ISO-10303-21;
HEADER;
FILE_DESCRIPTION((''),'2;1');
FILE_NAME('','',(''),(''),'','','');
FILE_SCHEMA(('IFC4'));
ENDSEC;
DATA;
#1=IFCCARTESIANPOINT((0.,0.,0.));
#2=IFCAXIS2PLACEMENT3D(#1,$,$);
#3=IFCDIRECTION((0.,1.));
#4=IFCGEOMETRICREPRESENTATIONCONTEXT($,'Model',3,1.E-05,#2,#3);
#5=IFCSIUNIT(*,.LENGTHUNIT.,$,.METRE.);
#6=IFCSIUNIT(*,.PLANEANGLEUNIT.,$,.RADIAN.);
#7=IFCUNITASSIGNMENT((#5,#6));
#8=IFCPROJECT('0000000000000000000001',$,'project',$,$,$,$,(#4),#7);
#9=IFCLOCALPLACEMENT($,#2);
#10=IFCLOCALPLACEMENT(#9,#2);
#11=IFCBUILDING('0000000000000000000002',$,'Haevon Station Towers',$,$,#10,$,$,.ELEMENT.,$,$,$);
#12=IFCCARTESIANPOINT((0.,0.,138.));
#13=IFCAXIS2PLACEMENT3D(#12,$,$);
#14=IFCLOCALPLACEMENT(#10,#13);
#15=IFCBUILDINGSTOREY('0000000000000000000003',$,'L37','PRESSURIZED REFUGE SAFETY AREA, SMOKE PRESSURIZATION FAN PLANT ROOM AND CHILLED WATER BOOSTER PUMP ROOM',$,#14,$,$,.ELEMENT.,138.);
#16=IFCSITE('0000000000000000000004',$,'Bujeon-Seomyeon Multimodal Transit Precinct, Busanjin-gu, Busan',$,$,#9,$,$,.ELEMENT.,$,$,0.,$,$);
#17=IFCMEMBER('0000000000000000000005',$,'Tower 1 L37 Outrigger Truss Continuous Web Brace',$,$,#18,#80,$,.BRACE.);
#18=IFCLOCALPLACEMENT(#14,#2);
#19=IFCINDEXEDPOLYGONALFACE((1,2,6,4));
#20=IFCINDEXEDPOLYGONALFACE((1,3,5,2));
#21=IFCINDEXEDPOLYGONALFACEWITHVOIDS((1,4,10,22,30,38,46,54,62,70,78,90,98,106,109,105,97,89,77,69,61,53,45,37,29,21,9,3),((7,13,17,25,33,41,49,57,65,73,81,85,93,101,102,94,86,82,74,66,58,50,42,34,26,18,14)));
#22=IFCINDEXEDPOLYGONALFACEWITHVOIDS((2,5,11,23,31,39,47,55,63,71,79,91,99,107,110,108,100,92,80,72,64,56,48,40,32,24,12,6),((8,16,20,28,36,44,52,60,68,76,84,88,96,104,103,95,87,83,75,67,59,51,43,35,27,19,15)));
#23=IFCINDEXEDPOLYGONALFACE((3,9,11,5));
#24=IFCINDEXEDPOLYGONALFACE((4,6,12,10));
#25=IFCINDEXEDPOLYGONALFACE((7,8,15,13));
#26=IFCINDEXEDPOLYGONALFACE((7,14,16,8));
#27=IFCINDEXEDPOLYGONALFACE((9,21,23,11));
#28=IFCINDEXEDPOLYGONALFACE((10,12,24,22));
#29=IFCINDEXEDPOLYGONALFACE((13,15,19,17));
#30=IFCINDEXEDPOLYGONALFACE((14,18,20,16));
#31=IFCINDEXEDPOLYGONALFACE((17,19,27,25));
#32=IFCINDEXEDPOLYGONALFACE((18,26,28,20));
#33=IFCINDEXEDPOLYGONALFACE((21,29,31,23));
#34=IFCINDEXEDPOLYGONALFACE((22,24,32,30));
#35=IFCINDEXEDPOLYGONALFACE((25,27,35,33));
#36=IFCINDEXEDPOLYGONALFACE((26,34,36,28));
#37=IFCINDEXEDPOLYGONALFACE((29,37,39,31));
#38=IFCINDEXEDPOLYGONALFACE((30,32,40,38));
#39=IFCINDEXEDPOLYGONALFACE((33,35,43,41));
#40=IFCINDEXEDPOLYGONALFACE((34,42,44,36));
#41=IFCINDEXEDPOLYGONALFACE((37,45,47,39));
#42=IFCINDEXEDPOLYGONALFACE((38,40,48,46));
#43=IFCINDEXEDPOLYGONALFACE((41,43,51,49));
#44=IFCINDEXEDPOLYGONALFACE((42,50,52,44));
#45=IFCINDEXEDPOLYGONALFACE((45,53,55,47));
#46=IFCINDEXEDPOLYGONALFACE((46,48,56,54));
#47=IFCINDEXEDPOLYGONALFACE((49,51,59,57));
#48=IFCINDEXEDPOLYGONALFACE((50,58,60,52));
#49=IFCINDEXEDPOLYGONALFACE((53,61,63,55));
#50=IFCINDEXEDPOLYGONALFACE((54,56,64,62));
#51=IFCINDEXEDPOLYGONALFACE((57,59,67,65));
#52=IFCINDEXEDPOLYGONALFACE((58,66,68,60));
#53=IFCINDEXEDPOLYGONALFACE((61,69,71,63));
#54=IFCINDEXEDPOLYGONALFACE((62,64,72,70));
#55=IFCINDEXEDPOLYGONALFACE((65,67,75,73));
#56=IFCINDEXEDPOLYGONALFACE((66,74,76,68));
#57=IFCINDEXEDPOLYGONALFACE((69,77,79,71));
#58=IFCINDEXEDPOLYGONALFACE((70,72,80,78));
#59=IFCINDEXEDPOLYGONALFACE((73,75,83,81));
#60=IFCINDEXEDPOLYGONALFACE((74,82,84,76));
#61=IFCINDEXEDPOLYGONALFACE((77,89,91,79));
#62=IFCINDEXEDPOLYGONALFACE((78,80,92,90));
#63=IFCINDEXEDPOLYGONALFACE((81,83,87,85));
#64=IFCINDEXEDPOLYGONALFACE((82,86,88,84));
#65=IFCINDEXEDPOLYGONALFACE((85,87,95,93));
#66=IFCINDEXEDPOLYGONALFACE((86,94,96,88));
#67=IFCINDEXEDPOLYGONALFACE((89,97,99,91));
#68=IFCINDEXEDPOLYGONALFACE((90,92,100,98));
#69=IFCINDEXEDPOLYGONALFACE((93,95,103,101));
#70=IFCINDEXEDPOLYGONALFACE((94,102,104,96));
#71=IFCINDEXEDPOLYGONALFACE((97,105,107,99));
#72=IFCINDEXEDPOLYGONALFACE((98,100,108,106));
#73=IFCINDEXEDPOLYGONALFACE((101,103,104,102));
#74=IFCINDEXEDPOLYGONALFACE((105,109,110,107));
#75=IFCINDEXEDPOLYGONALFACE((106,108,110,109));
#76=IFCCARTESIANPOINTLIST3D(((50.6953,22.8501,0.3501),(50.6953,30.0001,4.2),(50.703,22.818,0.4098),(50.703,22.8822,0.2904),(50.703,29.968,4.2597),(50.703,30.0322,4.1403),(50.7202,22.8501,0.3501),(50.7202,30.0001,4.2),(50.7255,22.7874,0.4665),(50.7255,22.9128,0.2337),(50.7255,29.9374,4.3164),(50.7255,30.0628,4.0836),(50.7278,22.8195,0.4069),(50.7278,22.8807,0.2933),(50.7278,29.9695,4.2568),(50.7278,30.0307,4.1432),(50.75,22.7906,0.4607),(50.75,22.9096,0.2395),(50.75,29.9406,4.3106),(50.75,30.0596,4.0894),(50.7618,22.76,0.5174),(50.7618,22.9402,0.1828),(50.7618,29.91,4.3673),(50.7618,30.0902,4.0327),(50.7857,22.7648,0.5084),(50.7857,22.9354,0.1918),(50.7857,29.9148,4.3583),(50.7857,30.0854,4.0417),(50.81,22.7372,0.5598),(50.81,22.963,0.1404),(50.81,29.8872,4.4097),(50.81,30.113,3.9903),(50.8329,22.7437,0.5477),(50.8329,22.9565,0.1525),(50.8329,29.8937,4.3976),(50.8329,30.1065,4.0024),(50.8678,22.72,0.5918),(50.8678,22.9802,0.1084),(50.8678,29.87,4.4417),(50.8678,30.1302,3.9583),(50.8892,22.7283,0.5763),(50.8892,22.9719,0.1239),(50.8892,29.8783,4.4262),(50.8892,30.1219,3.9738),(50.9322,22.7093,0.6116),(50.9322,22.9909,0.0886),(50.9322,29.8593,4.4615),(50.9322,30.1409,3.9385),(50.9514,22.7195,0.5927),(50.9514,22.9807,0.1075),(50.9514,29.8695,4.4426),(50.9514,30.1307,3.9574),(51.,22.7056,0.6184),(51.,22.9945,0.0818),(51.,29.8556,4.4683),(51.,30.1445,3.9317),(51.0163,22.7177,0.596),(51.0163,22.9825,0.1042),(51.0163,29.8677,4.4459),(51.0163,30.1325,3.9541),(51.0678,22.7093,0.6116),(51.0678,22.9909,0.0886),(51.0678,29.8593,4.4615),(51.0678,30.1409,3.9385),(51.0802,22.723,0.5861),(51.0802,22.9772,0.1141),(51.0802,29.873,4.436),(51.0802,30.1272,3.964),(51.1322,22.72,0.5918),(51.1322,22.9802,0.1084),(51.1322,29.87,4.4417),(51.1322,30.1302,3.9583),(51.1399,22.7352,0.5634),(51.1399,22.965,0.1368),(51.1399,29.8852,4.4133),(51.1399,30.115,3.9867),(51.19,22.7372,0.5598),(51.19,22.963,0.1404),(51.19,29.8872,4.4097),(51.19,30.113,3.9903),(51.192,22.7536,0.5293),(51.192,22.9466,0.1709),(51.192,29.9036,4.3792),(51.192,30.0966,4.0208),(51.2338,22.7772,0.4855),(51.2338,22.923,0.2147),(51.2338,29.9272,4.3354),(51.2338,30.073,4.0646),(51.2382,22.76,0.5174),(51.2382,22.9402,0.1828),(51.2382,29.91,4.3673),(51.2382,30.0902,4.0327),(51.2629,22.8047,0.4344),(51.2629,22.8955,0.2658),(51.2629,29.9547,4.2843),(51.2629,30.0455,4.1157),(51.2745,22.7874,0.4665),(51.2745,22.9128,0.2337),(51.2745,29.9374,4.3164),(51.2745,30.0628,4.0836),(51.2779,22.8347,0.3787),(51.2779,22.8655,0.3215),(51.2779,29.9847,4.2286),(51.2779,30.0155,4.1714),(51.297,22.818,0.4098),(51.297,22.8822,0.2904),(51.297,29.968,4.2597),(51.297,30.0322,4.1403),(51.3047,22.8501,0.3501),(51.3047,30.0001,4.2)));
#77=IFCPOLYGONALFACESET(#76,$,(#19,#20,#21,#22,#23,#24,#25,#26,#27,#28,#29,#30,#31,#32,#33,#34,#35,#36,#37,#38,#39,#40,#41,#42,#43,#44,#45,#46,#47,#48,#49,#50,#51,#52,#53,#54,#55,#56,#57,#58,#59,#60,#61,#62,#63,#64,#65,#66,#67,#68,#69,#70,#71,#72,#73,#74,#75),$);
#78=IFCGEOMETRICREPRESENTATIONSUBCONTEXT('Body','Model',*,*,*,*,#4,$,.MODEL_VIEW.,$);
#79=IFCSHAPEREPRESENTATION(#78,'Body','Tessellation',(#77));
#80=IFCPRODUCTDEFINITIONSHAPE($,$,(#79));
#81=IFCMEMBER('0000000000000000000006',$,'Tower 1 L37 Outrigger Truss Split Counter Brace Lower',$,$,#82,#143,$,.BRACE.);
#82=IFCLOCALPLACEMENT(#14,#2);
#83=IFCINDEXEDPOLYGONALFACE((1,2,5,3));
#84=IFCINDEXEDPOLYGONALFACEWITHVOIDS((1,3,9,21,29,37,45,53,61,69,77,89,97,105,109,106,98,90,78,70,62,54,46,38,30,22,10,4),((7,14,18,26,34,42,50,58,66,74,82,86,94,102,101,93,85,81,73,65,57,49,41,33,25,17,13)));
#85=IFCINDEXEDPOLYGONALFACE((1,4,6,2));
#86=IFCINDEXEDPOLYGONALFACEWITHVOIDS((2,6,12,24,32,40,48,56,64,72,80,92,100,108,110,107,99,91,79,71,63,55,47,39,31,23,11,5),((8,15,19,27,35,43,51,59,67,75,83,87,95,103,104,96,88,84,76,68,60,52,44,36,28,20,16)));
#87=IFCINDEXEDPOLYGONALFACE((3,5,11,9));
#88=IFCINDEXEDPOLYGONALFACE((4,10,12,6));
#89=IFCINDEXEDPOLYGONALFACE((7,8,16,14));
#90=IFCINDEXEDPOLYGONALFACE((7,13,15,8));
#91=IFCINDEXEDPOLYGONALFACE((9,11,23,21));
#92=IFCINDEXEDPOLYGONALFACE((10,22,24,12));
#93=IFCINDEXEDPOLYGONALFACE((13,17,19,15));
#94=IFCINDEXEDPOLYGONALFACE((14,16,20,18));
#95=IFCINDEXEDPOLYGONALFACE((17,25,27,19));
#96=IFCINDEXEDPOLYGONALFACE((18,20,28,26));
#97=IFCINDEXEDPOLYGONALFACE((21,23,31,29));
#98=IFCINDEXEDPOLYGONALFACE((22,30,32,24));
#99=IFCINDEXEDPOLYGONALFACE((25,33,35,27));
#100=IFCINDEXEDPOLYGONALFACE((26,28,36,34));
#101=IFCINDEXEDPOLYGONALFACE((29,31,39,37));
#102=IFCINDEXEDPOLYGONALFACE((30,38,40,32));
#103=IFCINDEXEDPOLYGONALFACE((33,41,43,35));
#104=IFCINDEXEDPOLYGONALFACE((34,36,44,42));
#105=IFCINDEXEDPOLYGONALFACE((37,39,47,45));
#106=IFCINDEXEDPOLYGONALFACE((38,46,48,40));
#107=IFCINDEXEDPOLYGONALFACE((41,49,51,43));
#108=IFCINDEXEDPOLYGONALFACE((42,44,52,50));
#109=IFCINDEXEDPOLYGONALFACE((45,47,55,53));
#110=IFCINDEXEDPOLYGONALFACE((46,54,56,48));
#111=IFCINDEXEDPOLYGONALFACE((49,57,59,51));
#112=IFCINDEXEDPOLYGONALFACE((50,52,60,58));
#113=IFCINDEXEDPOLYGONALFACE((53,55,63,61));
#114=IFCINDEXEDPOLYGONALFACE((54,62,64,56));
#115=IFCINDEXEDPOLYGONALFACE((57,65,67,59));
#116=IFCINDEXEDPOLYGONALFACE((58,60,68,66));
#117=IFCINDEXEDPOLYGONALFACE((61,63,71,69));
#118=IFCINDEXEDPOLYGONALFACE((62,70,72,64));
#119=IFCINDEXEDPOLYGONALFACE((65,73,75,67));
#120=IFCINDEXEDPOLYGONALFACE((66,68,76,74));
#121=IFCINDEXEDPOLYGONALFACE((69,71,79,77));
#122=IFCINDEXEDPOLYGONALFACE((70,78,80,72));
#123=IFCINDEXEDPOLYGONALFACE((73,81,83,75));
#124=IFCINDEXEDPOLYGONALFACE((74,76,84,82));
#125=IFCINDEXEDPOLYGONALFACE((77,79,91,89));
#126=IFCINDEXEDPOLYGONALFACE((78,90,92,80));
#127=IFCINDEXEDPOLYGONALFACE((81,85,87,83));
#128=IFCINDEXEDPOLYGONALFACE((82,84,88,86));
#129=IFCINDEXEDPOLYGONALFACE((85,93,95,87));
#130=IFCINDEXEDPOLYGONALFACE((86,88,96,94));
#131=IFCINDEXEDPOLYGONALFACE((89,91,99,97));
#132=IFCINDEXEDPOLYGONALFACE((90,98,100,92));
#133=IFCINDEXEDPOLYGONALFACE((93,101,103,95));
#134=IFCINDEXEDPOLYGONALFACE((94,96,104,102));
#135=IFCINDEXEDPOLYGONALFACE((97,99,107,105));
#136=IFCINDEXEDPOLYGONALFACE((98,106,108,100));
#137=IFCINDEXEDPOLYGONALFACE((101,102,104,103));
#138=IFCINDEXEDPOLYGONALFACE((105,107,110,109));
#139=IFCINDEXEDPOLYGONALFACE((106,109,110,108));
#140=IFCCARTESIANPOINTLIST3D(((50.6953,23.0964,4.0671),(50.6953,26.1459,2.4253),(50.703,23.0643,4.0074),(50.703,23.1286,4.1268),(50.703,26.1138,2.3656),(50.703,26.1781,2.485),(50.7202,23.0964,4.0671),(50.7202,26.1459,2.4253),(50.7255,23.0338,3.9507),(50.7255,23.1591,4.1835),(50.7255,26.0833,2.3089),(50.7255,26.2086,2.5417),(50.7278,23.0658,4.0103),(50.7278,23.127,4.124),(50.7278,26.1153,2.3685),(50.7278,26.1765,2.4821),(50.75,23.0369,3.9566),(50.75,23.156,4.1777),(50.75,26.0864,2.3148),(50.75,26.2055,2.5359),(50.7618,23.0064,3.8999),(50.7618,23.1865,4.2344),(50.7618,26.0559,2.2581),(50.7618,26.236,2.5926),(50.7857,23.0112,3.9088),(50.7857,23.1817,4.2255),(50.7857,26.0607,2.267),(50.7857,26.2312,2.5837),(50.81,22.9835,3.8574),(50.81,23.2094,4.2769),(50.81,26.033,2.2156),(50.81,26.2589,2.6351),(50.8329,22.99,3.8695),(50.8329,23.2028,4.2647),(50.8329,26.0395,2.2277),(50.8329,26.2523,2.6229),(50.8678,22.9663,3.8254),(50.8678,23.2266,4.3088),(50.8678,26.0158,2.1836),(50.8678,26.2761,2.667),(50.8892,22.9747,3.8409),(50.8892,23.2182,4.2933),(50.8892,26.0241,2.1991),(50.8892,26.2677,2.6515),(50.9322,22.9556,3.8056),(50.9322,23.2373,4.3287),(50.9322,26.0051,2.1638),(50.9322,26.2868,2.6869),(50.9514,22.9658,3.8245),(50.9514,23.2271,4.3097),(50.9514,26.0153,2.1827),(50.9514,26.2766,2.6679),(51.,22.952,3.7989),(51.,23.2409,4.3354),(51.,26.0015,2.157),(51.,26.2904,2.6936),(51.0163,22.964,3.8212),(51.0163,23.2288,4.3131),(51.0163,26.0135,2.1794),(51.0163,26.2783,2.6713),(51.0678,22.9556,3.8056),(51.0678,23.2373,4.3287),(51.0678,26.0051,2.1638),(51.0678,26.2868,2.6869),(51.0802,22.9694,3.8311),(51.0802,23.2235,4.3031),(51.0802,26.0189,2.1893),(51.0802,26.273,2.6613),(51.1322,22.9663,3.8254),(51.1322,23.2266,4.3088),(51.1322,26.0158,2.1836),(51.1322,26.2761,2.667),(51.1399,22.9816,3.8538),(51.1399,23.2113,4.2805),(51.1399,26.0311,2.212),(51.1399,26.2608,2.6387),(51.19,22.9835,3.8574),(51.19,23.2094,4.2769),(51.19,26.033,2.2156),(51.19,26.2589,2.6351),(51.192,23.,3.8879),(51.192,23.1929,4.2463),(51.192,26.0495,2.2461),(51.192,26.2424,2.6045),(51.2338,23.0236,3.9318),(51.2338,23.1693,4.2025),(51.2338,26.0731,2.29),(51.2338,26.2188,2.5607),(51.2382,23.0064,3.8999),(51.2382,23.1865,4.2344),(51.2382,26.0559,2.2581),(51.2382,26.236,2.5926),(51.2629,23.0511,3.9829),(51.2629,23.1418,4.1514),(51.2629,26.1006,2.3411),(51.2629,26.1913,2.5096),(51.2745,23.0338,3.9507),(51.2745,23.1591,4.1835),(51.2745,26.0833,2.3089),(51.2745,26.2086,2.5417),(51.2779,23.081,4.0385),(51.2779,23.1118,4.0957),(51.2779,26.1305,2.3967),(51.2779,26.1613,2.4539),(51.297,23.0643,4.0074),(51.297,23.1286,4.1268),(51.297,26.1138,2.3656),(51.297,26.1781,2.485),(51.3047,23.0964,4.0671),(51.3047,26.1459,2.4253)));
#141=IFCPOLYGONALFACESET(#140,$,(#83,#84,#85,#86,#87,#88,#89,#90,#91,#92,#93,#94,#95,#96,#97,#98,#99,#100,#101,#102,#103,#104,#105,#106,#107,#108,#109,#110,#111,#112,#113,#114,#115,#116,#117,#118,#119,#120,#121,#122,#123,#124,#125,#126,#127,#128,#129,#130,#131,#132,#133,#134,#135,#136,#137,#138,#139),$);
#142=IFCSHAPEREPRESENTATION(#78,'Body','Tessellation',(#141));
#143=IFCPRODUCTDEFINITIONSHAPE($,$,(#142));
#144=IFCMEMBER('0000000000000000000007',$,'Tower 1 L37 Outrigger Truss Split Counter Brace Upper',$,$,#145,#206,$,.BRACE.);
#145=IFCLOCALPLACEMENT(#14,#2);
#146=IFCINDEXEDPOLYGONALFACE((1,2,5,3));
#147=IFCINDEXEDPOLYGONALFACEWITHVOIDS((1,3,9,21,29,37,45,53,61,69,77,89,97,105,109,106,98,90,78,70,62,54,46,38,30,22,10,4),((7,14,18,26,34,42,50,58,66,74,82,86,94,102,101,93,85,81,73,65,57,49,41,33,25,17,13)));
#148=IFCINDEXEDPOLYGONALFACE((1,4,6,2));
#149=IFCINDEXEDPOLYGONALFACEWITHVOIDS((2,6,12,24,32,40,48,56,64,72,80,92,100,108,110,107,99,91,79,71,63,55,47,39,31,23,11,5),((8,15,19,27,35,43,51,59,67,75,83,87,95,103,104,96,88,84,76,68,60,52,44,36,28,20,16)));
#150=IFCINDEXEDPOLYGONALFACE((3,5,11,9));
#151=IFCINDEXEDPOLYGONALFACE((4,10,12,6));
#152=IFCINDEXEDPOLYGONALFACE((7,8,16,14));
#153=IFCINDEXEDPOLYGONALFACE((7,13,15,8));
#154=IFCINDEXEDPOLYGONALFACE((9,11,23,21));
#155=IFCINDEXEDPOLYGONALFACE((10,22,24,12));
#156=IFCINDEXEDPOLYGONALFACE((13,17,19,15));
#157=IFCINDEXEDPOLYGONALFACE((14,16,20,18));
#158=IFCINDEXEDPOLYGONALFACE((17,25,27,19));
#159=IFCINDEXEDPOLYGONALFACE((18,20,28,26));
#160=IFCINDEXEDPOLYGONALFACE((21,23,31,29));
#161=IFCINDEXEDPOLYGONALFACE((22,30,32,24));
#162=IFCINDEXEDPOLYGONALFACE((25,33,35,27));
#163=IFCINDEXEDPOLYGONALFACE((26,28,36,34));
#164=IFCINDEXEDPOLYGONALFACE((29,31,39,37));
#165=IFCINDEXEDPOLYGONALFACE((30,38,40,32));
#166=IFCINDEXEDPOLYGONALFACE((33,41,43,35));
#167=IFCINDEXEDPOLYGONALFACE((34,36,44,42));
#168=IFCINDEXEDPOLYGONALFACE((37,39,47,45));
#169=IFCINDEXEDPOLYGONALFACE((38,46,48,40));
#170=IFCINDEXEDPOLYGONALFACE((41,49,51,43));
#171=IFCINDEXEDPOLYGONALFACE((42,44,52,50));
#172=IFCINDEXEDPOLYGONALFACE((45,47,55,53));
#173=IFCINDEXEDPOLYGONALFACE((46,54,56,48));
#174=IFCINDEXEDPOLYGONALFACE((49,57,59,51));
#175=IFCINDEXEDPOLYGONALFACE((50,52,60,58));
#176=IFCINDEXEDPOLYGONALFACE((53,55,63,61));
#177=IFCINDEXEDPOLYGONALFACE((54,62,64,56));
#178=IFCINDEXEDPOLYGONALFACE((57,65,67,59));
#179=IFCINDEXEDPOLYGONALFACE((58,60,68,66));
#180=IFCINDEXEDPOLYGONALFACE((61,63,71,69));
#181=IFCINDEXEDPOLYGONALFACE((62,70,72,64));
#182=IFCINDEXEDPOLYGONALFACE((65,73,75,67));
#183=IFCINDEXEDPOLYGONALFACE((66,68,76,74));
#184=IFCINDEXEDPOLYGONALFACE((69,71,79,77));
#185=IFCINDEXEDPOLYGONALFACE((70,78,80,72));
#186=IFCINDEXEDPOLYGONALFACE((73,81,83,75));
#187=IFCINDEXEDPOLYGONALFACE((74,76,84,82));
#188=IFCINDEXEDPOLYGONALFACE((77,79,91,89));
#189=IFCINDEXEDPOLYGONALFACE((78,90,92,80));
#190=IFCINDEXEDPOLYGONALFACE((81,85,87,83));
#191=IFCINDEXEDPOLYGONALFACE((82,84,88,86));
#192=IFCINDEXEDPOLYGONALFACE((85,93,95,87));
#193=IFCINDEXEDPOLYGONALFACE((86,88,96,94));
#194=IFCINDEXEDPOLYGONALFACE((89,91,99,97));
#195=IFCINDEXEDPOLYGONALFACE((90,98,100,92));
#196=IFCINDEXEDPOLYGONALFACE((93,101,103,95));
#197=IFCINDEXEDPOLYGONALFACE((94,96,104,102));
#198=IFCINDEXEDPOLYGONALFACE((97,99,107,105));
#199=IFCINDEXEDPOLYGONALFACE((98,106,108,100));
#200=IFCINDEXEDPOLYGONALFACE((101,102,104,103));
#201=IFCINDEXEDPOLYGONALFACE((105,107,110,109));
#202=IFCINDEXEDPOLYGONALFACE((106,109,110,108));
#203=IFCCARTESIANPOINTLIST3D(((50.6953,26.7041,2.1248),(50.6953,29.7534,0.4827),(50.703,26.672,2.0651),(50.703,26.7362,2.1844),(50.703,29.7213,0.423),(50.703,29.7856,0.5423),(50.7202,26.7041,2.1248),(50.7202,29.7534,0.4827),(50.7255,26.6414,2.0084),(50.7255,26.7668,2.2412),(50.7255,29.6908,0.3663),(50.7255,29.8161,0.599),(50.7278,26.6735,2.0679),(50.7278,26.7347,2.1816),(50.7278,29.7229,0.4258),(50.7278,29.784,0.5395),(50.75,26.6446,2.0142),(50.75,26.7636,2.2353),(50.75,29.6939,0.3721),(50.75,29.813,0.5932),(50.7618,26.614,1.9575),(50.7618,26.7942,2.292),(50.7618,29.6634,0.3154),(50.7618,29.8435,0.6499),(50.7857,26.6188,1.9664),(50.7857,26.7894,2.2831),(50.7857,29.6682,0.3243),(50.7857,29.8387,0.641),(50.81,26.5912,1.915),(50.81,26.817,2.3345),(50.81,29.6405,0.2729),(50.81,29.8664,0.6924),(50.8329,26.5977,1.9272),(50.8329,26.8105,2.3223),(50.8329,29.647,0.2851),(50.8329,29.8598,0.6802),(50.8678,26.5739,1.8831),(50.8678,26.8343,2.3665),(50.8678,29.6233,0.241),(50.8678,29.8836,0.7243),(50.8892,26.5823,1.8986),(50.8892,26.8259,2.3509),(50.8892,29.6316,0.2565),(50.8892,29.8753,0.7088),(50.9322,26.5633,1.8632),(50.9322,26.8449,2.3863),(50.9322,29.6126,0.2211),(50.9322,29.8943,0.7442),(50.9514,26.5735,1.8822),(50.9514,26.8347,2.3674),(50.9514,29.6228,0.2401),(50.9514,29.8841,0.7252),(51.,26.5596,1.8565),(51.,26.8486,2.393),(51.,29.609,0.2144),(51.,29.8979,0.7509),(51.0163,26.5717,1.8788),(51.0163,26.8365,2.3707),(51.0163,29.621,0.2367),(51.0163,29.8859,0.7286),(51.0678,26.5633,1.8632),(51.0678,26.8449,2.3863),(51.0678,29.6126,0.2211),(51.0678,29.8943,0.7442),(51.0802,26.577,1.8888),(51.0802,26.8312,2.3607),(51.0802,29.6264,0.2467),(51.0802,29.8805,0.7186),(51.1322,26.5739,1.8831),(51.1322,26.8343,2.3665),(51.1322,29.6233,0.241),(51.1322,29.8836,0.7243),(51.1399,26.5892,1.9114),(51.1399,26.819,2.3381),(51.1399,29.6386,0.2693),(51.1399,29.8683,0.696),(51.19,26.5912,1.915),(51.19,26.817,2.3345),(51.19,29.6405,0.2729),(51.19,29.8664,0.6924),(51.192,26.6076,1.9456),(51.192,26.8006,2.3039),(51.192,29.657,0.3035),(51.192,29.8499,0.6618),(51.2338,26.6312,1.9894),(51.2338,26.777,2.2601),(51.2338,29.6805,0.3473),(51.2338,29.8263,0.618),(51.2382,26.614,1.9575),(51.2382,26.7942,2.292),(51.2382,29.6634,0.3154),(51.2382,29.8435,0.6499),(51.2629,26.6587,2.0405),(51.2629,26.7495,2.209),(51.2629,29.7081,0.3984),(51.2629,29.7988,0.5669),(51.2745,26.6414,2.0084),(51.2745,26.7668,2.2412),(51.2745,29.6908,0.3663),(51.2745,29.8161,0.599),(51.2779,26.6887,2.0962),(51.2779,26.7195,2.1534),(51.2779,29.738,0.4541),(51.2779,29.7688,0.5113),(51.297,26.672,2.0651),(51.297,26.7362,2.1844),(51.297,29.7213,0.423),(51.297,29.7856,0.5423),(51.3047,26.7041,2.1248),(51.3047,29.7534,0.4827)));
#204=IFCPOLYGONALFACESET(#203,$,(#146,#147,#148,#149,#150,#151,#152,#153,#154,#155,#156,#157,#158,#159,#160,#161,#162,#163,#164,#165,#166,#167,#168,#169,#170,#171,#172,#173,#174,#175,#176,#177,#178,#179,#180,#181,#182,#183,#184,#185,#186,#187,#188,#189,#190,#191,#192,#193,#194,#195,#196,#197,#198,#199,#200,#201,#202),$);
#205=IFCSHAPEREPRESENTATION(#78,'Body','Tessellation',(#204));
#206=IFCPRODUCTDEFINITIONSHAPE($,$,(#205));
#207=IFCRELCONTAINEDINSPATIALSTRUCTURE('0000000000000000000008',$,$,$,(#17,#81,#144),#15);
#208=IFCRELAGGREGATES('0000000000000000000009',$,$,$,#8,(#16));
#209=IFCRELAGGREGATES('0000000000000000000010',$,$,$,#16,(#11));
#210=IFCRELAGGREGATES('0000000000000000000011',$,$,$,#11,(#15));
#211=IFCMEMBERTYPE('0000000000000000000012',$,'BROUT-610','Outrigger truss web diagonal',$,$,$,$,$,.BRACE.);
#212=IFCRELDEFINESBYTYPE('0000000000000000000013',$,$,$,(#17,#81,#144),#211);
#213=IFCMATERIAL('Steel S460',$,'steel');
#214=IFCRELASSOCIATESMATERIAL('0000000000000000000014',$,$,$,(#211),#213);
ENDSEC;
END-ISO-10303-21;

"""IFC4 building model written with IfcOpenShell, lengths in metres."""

from ifc_helpers import new_model, si_unit, direction, frame, origin, origin_2d, place, context, subcontext, project, spatial, hollow_circle, extrude, material, material_profile, profile_set, type_object, element, save


model = new_model("IFC4")

# Units and contexts
model_context = context("Model", 3, precision=1e-05, world=origin(), true_north=direction((0.0, 1.0)))
body_context = subcontext(model_context, "Body", "Model", "MODEL_VIEW")
ifc_project = project(units=[si_unit("LENGTHUNIT", "METRE"), si_unit("PLANEANGLEUNIT", "RADIAN")], contexts=[model_context])

# Site, building, storey
site_placement = place(None, origin())
site = spatial("IfcSite", under=ifc_project, at=site_placement, Name="Bujeon-Seomyeon Multimodal Transit Precinct, Busanjin-gu, Busan", CompositionType="ELEMENT", RefElevation=0.0)
building_placement = place(site_placement, origin())
building = spatial("IfcBuilding", under=site, at=building_placement, Name="Haevon Station Towers", CompositionType="ELEMENT")
storey_placement = place(building_placement, frame((0.0, 0.0, 138.0)))
storey = spatial("IfcBuildingStorey", under=building, at=storey_placement, Name="L37", Description="PRESSURIZED REFUGE SAFETY AREA, SMOKE PRESSURIZATION FAN PLANT ROOM AND CHILLED WATER BOOSTER PUMP ROOM", CompositionType="ELEMENT", Elevation=138.0)

# Shared definitions
ifc_material_1 = material(Name="Steel S460", Category="steel")

# Members
ifc_material_profile_1 = material_profile(ifc_material_1, hollow_circle(Radius=0.3047, WallThickness=0.0249, at=origin_2d()), Name="CHS-609.6x25")
ifc_profile_set_1 = profile_set([ifc_material_profile_1], Name="Steel S460")
member_type_1 = type_object("IfcMemberType", Name="BROUT-610", Description="Outrigger truss web diagonal", PredefinedType="BRACE", material=ifc_profile_set_1)
member_1_placement = place(storey_placement, frame((51.0, 22.8501, 0.3501), z_axis=(0.0, 0.880476, 0.474091), x_axis=(-1.0, 0.0, 0.0)))
element("IfcMember", 1, at=member_1_placement, inside=storey, type_object=member_type_1, Name="Tower 1 L37 Outrigger Truss Continuous Web Brace", PredefinedType="BRACE", context=body_context, shape_type="SweptSolid", body=[
    extrude(hollow_circle(Radius=0.3047, WallThickness=0.0249, at=origin_2d()), origin(), (0.0, 0.0, 1.0), 8.1206),
])
for number, where, z_axis, x_axis, name in (
    (2, (51.0, 23.0964, 4.0671), (0.0, 0.880498, -0.474049), (-1.0, 0.0, 0.0), "Tower 1 L37 Outrigger Truss Split Counter Brace Lower"),
    (3, (51.0, 26.7041, 2.1248), (0.0, 0.880453, -0.474133), (-1.0, 0.0, 0.0), "Tower 1 L37 Outrigger Truss Split Counter Brace Upper"),
):
    element("IfcMember", number, at=place(storey_placement, frame(where, z_axis=z_axis, x_axis=x_axis)), inside=storey, type_object=member_type_1, Name=name, PredefinedType="BRACE", context=body_context, shape_type="SweptSolid", body=[
        extrude(hollow_circle(Radius=0.3047, WallThickness=0.0249, at=origin_2d()), origin(), (0.0, 0.0, 1.0), 3.4634),
    ])

save(model, "model.ifc")
